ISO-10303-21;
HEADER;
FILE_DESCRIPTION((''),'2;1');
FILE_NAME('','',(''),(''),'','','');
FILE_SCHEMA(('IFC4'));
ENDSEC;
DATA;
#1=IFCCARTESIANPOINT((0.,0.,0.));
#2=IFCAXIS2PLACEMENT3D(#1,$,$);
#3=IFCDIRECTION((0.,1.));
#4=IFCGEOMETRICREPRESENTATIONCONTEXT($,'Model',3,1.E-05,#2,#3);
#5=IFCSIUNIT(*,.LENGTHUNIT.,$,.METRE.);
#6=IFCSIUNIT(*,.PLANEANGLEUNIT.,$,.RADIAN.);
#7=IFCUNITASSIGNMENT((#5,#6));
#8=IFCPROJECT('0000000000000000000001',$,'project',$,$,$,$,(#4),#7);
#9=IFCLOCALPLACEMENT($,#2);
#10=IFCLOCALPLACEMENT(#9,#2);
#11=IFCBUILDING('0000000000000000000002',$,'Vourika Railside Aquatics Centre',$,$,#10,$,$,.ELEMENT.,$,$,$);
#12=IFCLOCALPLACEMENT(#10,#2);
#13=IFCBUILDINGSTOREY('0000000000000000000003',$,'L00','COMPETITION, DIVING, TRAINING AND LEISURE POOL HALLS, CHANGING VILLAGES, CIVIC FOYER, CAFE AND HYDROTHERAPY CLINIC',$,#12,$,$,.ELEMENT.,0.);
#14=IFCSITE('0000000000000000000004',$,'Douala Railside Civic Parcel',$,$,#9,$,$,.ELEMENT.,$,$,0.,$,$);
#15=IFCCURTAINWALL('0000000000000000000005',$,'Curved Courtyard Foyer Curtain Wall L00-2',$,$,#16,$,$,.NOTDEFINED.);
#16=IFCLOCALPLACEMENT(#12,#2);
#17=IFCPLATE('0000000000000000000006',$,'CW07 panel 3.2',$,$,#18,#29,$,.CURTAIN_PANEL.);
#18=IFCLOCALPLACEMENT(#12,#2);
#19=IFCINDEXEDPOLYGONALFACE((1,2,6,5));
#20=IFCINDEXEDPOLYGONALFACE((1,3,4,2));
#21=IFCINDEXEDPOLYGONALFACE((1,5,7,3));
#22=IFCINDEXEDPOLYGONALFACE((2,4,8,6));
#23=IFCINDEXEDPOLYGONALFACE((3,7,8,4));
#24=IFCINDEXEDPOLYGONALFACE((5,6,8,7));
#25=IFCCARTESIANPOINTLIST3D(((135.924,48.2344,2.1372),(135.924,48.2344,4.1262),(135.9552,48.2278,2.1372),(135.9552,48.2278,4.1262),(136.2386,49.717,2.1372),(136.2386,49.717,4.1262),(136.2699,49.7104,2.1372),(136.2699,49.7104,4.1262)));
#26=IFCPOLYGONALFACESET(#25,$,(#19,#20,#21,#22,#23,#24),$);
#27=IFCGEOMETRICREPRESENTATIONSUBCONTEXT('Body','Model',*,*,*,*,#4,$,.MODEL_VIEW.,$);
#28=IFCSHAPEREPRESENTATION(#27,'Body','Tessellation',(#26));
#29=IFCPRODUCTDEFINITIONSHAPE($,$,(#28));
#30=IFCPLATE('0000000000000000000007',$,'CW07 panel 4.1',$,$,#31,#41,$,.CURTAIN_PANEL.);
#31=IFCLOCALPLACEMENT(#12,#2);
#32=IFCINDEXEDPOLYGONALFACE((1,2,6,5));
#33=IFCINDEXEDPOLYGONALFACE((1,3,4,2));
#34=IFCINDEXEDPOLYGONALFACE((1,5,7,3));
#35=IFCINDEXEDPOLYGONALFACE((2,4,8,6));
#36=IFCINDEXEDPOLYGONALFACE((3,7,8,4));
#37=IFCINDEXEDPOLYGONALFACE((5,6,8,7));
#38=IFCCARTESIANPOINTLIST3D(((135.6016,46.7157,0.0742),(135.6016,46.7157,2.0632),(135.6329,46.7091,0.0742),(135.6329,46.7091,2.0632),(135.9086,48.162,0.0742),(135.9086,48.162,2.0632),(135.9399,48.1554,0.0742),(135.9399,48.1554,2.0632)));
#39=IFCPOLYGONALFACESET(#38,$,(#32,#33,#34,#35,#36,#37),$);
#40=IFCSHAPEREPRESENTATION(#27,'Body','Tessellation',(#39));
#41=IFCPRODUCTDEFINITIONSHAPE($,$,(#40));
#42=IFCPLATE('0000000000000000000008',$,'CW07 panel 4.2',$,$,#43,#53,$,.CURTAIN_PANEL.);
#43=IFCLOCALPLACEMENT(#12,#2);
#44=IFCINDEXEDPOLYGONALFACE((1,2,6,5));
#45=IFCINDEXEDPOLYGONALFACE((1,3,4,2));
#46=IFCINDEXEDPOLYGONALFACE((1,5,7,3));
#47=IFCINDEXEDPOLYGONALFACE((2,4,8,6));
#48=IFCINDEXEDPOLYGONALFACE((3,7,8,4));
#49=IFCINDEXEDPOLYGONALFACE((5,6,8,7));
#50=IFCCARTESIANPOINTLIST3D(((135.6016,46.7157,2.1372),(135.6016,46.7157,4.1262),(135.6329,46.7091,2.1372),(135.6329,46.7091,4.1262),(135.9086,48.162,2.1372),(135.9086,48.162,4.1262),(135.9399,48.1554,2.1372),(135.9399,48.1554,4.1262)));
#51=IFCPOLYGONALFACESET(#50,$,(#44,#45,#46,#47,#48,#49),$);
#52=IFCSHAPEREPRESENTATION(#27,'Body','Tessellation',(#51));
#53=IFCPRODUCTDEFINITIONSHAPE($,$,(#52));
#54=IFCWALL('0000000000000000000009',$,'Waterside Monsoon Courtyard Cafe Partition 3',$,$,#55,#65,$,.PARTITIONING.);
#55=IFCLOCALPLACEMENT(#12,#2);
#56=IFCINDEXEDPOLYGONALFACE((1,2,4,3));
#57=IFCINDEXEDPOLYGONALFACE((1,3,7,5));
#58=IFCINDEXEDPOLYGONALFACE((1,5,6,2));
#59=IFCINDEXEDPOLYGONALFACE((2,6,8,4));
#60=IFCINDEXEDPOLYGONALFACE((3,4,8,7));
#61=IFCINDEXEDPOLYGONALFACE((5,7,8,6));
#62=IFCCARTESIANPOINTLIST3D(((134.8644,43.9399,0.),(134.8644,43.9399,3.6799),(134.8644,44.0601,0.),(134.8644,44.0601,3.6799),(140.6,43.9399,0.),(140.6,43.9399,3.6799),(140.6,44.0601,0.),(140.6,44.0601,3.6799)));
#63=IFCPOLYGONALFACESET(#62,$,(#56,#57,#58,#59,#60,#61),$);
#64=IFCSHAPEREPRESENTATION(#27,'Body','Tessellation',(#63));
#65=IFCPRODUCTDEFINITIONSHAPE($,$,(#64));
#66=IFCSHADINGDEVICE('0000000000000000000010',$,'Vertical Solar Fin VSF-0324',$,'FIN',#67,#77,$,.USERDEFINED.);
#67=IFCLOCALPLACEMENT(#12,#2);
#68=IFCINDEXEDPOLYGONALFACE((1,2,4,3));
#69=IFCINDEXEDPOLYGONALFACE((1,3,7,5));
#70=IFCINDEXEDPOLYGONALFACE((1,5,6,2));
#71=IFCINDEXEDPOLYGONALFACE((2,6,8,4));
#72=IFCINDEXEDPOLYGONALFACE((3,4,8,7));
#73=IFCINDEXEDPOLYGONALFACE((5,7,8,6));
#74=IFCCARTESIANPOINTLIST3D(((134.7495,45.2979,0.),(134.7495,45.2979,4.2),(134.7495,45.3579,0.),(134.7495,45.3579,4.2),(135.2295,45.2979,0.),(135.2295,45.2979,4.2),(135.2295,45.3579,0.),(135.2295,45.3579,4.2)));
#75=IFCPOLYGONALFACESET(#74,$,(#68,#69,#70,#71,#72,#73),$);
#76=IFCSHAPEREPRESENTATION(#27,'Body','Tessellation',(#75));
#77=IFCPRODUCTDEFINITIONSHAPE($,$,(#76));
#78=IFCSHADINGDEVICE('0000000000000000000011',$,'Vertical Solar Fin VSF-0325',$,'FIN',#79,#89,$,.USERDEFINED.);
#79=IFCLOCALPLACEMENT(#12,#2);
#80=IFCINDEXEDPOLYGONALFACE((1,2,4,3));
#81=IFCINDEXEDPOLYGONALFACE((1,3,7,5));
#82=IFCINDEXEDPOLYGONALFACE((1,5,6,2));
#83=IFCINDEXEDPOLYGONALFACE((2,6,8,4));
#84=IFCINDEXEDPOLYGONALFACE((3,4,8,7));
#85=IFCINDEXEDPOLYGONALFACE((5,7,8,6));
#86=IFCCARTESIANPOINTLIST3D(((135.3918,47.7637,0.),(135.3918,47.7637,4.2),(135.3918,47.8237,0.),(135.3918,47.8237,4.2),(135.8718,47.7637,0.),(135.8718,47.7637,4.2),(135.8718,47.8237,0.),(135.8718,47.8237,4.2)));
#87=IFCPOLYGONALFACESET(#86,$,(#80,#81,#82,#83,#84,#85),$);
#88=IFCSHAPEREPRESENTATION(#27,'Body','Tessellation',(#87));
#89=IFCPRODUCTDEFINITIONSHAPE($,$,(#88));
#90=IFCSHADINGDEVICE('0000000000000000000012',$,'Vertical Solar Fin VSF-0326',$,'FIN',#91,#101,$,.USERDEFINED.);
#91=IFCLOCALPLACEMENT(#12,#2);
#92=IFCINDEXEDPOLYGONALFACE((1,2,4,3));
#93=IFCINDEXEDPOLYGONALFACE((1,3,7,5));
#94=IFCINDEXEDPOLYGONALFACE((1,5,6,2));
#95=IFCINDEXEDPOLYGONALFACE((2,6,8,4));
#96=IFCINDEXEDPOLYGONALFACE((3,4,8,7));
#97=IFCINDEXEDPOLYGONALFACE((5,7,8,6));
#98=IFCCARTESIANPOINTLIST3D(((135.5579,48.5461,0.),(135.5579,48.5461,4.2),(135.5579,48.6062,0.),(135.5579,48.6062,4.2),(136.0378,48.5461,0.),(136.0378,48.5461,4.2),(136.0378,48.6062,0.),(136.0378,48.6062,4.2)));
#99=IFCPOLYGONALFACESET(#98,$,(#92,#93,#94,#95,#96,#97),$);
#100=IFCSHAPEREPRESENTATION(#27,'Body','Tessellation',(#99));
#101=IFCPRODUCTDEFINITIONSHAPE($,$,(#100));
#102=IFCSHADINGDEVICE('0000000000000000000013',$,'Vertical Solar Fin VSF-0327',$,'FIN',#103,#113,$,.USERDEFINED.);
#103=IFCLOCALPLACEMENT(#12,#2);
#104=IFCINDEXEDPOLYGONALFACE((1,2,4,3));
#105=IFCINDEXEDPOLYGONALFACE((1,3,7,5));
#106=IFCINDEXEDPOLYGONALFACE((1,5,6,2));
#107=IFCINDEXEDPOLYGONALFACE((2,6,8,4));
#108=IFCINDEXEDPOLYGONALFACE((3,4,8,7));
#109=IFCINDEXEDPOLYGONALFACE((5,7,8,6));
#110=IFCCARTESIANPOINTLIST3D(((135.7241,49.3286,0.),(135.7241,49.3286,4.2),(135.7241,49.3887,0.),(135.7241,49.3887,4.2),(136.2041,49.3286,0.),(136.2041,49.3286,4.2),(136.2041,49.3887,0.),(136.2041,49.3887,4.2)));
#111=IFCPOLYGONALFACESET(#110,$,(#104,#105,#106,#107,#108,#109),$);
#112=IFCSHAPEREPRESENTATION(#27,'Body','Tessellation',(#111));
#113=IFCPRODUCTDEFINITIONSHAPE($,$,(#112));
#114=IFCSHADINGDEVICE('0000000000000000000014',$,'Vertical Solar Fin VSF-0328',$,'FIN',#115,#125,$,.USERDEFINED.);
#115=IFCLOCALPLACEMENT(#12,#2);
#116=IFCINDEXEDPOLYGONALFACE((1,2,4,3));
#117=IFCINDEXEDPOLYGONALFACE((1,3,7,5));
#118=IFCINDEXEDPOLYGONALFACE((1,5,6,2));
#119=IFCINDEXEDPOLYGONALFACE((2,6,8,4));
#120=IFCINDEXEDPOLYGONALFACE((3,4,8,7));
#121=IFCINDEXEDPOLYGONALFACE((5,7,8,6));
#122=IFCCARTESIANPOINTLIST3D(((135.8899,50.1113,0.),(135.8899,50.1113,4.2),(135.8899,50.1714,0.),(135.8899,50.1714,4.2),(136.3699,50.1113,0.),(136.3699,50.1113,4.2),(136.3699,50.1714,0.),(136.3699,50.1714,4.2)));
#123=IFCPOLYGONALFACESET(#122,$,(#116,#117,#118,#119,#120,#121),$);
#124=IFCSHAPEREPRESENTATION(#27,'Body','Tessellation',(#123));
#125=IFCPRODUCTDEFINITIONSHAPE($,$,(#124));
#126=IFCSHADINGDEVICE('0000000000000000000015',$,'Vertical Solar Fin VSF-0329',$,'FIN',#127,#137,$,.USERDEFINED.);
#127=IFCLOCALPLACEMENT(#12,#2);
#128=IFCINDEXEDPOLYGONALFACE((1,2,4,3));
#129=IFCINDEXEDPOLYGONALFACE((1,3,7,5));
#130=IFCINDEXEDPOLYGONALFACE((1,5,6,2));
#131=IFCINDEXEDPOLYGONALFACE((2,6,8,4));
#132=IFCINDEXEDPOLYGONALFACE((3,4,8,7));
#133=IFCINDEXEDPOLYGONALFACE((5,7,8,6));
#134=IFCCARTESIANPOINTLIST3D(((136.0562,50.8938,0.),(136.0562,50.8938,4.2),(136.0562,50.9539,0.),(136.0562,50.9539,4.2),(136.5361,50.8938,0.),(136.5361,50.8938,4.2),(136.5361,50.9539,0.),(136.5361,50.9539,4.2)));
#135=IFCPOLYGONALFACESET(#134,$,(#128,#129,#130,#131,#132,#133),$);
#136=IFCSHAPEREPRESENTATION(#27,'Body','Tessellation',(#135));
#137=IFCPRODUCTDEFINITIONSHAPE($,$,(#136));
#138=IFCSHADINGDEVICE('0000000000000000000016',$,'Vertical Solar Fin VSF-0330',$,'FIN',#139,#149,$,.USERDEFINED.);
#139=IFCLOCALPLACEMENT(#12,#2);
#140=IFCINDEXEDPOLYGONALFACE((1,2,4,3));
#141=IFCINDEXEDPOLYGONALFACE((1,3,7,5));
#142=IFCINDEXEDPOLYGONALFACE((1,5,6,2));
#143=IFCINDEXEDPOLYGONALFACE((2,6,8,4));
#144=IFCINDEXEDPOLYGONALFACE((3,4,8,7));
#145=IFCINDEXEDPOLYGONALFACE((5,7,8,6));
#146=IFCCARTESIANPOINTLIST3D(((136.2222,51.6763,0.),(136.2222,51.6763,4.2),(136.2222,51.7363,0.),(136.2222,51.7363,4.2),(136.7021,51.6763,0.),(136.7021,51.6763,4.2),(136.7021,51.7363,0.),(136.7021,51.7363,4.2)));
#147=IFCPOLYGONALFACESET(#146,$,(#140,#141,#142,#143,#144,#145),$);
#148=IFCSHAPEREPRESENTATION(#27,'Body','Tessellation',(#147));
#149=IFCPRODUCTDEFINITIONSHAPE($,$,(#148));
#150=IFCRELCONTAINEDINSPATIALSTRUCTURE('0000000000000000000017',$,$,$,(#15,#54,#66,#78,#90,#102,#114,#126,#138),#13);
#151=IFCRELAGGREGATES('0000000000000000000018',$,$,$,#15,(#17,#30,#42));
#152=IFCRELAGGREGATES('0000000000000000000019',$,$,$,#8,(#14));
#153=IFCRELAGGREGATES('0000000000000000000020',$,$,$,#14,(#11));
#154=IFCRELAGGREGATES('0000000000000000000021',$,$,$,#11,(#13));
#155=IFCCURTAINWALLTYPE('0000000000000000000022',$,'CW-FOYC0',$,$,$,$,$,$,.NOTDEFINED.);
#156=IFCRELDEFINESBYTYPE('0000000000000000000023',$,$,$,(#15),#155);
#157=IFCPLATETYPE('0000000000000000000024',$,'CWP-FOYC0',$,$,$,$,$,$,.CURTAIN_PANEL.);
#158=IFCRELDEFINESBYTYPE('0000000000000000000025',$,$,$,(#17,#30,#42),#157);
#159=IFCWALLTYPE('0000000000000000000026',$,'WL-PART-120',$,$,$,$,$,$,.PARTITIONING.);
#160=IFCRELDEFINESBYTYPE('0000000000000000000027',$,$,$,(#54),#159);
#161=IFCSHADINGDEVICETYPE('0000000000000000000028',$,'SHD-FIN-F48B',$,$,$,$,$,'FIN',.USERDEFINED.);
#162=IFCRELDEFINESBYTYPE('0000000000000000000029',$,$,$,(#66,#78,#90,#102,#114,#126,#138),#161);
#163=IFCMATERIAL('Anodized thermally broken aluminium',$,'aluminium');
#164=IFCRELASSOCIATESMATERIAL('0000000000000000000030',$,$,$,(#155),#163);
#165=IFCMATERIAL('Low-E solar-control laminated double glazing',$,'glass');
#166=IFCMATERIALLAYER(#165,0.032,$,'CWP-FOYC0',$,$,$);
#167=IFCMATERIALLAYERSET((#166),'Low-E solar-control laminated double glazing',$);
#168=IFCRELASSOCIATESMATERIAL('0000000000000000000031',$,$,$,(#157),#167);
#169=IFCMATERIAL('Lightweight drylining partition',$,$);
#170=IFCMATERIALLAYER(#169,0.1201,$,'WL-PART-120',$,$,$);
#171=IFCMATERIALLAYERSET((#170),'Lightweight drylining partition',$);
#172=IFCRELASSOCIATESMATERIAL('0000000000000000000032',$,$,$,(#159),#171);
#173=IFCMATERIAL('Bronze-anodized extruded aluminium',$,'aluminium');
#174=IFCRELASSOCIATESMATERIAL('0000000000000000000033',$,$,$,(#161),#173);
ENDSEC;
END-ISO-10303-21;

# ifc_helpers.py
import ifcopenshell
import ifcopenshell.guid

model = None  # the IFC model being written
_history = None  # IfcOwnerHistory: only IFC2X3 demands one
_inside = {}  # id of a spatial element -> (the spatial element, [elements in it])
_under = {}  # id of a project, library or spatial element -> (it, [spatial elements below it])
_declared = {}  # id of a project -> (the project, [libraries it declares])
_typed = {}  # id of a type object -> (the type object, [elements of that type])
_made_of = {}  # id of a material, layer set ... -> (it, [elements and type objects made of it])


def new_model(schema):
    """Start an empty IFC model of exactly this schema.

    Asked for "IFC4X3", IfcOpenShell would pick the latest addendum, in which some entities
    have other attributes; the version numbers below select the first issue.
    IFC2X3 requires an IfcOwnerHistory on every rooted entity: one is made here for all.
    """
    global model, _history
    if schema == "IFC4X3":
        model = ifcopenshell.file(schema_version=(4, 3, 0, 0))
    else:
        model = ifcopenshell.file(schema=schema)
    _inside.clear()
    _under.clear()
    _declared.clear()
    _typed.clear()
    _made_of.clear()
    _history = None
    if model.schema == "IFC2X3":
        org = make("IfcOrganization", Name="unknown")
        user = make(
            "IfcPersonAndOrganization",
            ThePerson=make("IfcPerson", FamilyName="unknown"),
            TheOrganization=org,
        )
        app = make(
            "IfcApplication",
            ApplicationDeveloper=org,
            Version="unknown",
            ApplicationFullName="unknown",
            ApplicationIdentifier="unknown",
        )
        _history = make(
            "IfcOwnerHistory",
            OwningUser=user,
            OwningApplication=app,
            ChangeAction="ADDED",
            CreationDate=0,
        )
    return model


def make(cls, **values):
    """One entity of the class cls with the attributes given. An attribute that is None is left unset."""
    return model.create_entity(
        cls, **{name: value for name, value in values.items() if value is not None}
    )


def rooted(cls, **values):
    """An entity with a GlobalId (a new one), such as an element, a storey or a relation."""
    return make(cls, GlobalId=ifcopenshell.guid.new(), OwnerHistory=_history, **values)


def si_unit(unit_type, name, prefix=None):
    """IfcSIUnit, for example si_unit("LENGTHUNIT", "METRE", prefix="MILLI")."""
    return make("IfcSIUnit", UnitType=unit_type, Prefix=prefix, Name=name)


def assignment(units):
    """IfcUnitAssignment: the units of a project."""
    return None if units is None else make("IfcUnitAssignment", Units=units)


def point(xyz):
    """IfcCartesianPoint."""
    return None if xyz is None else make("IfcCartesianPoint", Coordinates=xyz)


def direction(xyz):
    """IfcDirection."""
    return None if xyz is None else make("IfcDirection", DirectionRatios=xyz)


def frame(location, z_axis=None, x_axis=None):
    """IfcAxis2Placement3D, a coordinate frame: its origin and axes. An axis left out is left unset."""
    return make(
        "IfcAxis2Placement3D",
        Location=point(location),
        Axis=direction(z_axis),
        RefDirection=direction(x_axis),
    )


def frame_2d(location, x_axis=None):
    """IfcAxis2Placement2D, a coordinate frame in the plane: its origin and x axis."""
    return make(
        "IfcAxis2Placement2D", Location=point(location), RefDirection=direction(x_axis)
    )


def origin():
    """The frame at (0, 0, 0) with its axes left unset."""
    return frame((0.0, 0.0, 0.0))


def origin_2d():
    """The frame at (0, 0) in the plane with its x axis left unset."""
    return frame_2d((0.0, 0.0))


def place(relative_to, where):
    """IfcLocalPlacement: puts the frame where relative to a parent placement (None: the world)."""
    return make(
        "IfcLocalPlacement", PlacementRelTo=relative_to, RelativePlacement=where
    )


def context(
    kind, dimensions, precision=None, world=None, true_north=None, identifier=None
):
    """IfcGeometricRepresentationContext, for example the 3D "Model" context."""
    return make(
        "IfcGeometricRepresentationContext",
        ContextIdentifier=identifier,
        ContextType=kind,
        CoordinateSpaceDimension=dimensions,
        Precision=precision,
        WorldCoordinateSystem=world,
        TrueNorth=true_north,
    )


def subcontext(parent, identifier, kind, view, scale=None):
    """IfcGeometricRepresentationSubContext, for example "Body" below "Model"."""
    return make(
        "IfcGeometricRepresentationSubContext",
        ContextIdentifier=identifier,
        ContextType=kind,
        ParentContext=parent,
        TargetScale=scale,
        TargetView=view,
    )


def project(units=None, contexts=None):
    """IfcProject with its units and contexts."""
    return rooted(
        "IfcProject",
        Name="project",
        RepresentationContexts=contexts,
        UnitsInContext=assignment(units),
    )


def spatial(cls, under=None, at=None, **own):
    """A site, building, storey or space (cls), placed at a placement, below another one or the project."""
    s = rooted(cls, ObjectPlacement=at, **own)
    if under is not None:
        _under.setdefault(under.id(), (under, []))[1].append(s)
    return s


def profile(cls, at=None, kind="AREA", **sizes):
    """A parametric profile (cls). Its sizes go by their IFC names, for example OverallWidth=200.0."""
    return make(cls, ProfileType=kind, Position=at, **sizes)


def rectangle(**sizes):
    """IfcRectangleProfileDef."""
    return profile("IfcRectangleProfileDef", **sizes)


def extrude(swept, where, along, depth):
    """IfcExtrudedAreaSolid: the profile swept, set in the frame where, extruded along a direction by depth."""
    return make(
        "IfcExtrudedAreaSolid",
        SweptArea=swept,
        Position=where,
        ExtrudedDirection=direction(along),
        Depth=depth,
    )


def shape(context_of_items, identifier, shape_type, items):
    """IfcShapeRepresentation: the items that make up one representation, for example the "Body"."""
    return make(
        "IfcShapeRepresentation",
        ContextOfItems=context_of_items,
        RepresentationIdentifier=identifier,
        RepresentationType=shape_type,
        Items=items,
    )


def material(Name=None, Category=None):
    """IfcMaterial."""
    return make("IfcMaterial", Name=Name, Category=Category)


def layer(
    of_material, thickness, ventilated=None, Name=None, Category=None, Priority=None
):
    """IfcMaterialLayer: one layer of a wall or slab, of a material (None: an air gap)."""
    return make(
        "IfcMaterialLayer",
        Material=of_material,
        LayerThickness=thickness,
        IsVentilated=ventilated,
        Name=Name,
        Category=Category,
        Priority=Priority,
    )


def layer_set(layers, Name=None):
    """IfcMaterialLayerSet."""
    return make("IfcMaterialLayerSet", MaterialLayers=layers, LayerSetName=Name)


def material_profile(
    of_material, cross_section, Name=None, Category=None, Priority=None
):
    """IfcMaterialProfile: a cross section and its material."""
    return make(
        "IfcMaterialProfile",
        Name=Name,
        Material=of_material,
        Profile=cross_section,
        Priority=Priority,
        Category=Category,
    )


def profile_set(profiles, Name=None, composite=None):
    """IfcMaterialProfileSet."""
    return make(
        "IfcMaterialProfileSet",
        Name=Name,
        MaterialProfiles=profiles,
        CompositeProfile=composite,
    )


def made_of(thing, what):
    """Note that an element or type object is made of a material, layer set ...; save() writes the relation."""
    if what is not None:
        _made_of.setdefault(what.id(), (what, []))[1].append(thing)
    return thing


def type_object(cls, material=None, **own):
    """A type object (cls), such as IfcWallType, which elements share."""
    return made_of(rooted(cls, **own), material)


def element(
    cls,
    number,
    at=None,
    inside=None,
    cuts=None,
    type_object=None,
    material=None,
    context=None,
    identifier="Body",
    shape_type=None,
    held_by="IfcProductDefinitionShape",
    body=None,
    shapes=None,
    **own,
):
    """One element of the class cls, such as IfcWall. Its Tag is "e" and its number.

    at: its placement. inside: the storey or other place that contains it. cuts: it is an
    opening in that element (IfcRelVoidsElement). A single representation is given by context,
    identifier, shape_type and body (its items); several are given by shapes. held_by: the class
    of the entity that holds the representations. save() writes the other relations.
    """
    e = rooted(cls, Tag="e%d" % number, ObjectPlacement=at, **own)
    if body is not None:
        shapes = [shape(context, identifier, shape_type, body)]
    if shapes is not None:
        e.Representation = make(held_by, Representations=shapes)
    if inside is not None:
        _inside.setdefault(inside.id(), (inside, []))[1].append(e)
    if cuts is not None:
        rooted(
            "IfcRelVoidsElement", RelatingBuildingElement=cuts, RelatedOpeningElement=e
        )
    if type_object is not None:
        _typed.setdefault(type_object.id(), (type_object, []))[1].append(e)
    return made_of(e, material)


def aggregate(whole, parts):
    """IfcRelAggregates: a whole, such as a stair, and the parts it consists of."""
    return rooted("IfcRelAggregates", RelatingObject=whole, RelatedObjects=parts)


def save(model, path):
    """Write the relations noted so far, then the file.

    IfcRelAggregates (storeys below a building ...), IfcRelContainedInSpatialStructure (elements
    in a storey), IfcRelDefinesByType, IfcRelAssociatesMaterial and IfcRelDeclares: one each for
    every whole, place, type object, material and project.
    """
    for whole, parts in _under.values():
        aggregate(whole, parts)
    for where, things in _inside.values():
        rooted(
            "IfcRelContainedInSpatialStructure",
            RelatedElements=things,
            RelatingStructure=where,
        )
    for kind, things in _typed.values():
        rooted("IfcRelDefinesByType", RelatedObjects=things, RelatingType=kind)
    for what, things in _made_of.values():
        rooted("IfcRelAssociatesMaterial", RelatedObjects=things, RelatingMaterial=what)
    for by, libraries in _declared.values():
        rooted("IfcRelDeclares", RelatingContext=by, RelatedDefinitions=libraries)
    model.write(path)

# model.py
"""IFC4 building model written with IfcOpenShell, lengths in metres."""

from ifc_helpers import new_model, si_unit, direction, frame, frame_2d, origin, origin_2d, place, context, subcontext, project, spatial, rectangle, extrude, material, layer, layer_set, material_profile, profile_set, type_object, element, aggregate, save


model = new_model("IFC4")

# Units and contexts
model_context = context("Model", 3, precision=1e-05, world=origin(), true_north=direction((0.0, 1.0)))
body_context = subcontext(model_context, "Body", "Model", "MODEL_VIEW")
ifc_project = project(units=[si_unit("LENGTHUNIT", "METRE"), si_unit("PLANEANGLEUNIT", "RADIAN")], contexts=[model_context])

# Site, building, storey
site_placement = place(None, origin())
site = spatial("IfcSite", under=ifc_project, at=site_placement, Name="Douala Railside Civic Parcel", CompositionType="ELEMENT", RefElevation=0.0)
building_placement = place(site_placement, origin())
building = spatial("IfcBuilding", under=site, at=building_placement, Name="Vourika Railside Aquatics Centre", CompositionType="ELEMENT")
storey_placement = place(building_placement, origin())
storey = spatial("IfcBuildingStorey", under=building, at=storey_placement, Name="L00", Description="COMPETITION, DIVING, TRAINING AND LEISURE POOL HALLS, CHANGING VILLAGES, CIVIC FOYER, CAFE AND HYDROTHERAPY CLINIC", CompositionType="ELEMENT", Elevation=0.0)

# Curtain wall
ifc_material_1 = material(Name="Anodized thermally broken aluminium", Category="aluminium")
curtain_wall_type = type_object("IfcCurtainWallType", Name="CW-FOYC0", PredefinedType="NOTDEFINED", material=ifc_material_1)
curtain_wall_1_placement = place(storey_placement, origin())
curtain_wall_1 = element("IfcCurtainWall", 1, at=curtain_wall_1_placement, inside=storey, type_object=curtain_wall_type, Name="Curved Courtyard Foyer Curtain Wall L00-2", PredefinedType="NOTDEFINED")

# Plates
ifc_material_2 = material(Name="Low-E solar-control laminated double glazing", Category="glass")
ifc_layer_1 = layer(ifc_material_2, 0.032, Name="CWP-FOYC0")
ifc_layer_set_1 = layer_set([ifc_layer_1], Name="Low-E solar-control laminated double glazing")
plate_type = type_object("IfcPlateType", Name="CWP-FOYC0", PredefinedType="CURTAIN_PANEL", material=ifc_layer_set_1)
plate_1_placement = place(storey_placement, frame((136.0969, 48.9724, 2.1372), z_axis=(0.0, 0.0, 1.0), x_axis=(-0.207595, -0.978215, 0.0)))
plate_1 = element("IfcPlate", 2, at=plate_1_placement, type_object=plate_type, Name="CW07 panel 3.2", PredefinedType="CURTAIN_PANEL", context=body_context, shape_type="SweptSolid", body=[
    extrude(rectangle(XDim=1.5156, YDim=0.032, at=origin_2d()), origin(), (0.0, 0.0, 1.0), 1.989),
])
plate_2_placement = place(storey_placement, frame((135.7708, 47.4355, 0.0742), z_axis=(0.0, 0.0, 1.0), x_axis=(-0.207595, -0.978215, 0.0)))
plate_2 = element("IfcPlate", 3, at=plate_2_placement, type_object=plate_type, Name="CW07 panel 4.1", PredefinedType="CURTAIN_PANEL", context=body_context, shape_type="SweptSolid", body=[
    extrude(rectangle(XDim=1.4785, YDim=0.032, at=origin_2d()), origin(), (0.0, 0.0, 1.0), 1.989),
])
plate_3_placement = place(storey_placement, frame((135.7708, 47.4355, 2.1372), z_axis=(0.0, 0.0, 1.0), x_axis=(-0.207595, -0.978215, 0.0)))
plate_3 = element("IfcPlate", 4, at=plate_3_placement, type_object=plate_type, Name="CW07 panel 4.2", PredefinedType="CURTAIN_PANEL", context=body_context, shape_type="SweptSolid", body=[
    extrude(rectangle(XDim=1.4785, YDim=0.032, at=origin_2d()), origin(), (0.0, 0.0, 1.0), 1.989),
])
aggregate(curtain_wall_1, [plate_1, plate_2, plate_3])

# Wall
ifc_material_3 = material(Name="Lightweight drylining partition")
ifc_layer_2 = layer(ifc_material_3, 0.1201, Name="WL-PART-120")
ifc_layer_set_2 = layer_set([ifc_layer_2], Name="Lightweight drylining partition")
wall_type = type_object("IfcWallType", Name="WL-PART-120", PredefinedType="PARTITIONING", material=ifc_layer_set_2)
wall_placement = place(storey_placement, frame((134.8645, 44.0, 0.0), z_axis=(0.0, 0.0, 1.0), x_axis=(1.0, 0.0, 0.0)))
element("IfcWall", 5, at=wall_placement, inside=storey, type_object=wall_type, Name="Waterside Monsoon Courtyard Cafe Partition 3", PredefinedType="PARTITIONING", context=body_context, shape_type="SweptSolid", body=[
    extrude(rectangle(XDim=5.7356, YDim=0.1201, at=frame_2d((2.8677, 0.0))), origin(), (0.0, 0.0, 1.0), 3.6799),
])

# Shading devices
ifc_material_4 = material(Name="Bronze-anodized extruded aluminium", Category="aluminium")
ifc_material_profile_1 = material_profile(ifc_material_4, rectangle(XDim=0.0601, YDim=0.48, at=origin_2d()), Name="ALU-FIN 60x480")
ifc_profile_set_1 = profile_set([ifc_material_profile_1], Name="Bronze-anodized extruded aluminium")
shading_device_type = type_object("IfcShadingDeviceType", Name="SHD-FIN-F48B", ElementType="FIN", PredefinedType="USERDEFINED", material=ifc_profile_set_1)
for number, where, z_axis, x_axis, name in (
    (6, (134.9895, 45.3279, 0.0), (0.0, 0.0, 1.0), (0.0, 1.0, 0.0), "Vertical Solar Fin VSF-0324"),
    (7, (135.6318, 47.7937, 0.0), (0.0, 0.0, 1.0), (0.0, 1.0, 0.0), "Vertical Solar Fin VSF-0325"),
    (8, (135.7979, 48.5762, 0.0), (0.0, 0.0, 1.0), (0.0, 1.0, 0.0), "Vertical Solar Fin VSF-0326"),
    (9, (135.9641, 49.3586, 0.0), (0.0, 0.0, 1.0), (0.0, 1.0, 0.0), "Vertical Solar Fin VSF-0327"),
    (10, (136.1299, 50.1414, 0.0), (0.0, 0.0, 1.0), (0.0, 1.0, 0.0), "Vertical Solar Fin VSF-0328"),
    (11, (136.2961, 50.9238, 0.0), (0.0, 0.0, 1.0), (0.0, 1.0, 0.0), "Vertical Solar Fin VSF-0329"),
    (12, (136.4622, 51.7063, 0.0), (0.0, 0.0, 1.0), (0.0, 1.0, 0.0), "Vertical Solar Fin VSF-0330"),
):
    element("IfcShadingDevice", number, at=place(storey_placement, frame(where, z_axis=z_axis, x_axis=x_axis)), inside=storey, type_object=shading_device_type, Name=name, ObjectType="FIN", PredefinedType="USERDEFINED", context=body_context, shape_type="SweptSolid", body=[
        extrude(rectangle(XDim=0.0601, YDim=0.48, at=origin_2d()), origin(), (0.0, 0.0, 1.0), 4.2),
    ])

save(model, "model.ifc")
